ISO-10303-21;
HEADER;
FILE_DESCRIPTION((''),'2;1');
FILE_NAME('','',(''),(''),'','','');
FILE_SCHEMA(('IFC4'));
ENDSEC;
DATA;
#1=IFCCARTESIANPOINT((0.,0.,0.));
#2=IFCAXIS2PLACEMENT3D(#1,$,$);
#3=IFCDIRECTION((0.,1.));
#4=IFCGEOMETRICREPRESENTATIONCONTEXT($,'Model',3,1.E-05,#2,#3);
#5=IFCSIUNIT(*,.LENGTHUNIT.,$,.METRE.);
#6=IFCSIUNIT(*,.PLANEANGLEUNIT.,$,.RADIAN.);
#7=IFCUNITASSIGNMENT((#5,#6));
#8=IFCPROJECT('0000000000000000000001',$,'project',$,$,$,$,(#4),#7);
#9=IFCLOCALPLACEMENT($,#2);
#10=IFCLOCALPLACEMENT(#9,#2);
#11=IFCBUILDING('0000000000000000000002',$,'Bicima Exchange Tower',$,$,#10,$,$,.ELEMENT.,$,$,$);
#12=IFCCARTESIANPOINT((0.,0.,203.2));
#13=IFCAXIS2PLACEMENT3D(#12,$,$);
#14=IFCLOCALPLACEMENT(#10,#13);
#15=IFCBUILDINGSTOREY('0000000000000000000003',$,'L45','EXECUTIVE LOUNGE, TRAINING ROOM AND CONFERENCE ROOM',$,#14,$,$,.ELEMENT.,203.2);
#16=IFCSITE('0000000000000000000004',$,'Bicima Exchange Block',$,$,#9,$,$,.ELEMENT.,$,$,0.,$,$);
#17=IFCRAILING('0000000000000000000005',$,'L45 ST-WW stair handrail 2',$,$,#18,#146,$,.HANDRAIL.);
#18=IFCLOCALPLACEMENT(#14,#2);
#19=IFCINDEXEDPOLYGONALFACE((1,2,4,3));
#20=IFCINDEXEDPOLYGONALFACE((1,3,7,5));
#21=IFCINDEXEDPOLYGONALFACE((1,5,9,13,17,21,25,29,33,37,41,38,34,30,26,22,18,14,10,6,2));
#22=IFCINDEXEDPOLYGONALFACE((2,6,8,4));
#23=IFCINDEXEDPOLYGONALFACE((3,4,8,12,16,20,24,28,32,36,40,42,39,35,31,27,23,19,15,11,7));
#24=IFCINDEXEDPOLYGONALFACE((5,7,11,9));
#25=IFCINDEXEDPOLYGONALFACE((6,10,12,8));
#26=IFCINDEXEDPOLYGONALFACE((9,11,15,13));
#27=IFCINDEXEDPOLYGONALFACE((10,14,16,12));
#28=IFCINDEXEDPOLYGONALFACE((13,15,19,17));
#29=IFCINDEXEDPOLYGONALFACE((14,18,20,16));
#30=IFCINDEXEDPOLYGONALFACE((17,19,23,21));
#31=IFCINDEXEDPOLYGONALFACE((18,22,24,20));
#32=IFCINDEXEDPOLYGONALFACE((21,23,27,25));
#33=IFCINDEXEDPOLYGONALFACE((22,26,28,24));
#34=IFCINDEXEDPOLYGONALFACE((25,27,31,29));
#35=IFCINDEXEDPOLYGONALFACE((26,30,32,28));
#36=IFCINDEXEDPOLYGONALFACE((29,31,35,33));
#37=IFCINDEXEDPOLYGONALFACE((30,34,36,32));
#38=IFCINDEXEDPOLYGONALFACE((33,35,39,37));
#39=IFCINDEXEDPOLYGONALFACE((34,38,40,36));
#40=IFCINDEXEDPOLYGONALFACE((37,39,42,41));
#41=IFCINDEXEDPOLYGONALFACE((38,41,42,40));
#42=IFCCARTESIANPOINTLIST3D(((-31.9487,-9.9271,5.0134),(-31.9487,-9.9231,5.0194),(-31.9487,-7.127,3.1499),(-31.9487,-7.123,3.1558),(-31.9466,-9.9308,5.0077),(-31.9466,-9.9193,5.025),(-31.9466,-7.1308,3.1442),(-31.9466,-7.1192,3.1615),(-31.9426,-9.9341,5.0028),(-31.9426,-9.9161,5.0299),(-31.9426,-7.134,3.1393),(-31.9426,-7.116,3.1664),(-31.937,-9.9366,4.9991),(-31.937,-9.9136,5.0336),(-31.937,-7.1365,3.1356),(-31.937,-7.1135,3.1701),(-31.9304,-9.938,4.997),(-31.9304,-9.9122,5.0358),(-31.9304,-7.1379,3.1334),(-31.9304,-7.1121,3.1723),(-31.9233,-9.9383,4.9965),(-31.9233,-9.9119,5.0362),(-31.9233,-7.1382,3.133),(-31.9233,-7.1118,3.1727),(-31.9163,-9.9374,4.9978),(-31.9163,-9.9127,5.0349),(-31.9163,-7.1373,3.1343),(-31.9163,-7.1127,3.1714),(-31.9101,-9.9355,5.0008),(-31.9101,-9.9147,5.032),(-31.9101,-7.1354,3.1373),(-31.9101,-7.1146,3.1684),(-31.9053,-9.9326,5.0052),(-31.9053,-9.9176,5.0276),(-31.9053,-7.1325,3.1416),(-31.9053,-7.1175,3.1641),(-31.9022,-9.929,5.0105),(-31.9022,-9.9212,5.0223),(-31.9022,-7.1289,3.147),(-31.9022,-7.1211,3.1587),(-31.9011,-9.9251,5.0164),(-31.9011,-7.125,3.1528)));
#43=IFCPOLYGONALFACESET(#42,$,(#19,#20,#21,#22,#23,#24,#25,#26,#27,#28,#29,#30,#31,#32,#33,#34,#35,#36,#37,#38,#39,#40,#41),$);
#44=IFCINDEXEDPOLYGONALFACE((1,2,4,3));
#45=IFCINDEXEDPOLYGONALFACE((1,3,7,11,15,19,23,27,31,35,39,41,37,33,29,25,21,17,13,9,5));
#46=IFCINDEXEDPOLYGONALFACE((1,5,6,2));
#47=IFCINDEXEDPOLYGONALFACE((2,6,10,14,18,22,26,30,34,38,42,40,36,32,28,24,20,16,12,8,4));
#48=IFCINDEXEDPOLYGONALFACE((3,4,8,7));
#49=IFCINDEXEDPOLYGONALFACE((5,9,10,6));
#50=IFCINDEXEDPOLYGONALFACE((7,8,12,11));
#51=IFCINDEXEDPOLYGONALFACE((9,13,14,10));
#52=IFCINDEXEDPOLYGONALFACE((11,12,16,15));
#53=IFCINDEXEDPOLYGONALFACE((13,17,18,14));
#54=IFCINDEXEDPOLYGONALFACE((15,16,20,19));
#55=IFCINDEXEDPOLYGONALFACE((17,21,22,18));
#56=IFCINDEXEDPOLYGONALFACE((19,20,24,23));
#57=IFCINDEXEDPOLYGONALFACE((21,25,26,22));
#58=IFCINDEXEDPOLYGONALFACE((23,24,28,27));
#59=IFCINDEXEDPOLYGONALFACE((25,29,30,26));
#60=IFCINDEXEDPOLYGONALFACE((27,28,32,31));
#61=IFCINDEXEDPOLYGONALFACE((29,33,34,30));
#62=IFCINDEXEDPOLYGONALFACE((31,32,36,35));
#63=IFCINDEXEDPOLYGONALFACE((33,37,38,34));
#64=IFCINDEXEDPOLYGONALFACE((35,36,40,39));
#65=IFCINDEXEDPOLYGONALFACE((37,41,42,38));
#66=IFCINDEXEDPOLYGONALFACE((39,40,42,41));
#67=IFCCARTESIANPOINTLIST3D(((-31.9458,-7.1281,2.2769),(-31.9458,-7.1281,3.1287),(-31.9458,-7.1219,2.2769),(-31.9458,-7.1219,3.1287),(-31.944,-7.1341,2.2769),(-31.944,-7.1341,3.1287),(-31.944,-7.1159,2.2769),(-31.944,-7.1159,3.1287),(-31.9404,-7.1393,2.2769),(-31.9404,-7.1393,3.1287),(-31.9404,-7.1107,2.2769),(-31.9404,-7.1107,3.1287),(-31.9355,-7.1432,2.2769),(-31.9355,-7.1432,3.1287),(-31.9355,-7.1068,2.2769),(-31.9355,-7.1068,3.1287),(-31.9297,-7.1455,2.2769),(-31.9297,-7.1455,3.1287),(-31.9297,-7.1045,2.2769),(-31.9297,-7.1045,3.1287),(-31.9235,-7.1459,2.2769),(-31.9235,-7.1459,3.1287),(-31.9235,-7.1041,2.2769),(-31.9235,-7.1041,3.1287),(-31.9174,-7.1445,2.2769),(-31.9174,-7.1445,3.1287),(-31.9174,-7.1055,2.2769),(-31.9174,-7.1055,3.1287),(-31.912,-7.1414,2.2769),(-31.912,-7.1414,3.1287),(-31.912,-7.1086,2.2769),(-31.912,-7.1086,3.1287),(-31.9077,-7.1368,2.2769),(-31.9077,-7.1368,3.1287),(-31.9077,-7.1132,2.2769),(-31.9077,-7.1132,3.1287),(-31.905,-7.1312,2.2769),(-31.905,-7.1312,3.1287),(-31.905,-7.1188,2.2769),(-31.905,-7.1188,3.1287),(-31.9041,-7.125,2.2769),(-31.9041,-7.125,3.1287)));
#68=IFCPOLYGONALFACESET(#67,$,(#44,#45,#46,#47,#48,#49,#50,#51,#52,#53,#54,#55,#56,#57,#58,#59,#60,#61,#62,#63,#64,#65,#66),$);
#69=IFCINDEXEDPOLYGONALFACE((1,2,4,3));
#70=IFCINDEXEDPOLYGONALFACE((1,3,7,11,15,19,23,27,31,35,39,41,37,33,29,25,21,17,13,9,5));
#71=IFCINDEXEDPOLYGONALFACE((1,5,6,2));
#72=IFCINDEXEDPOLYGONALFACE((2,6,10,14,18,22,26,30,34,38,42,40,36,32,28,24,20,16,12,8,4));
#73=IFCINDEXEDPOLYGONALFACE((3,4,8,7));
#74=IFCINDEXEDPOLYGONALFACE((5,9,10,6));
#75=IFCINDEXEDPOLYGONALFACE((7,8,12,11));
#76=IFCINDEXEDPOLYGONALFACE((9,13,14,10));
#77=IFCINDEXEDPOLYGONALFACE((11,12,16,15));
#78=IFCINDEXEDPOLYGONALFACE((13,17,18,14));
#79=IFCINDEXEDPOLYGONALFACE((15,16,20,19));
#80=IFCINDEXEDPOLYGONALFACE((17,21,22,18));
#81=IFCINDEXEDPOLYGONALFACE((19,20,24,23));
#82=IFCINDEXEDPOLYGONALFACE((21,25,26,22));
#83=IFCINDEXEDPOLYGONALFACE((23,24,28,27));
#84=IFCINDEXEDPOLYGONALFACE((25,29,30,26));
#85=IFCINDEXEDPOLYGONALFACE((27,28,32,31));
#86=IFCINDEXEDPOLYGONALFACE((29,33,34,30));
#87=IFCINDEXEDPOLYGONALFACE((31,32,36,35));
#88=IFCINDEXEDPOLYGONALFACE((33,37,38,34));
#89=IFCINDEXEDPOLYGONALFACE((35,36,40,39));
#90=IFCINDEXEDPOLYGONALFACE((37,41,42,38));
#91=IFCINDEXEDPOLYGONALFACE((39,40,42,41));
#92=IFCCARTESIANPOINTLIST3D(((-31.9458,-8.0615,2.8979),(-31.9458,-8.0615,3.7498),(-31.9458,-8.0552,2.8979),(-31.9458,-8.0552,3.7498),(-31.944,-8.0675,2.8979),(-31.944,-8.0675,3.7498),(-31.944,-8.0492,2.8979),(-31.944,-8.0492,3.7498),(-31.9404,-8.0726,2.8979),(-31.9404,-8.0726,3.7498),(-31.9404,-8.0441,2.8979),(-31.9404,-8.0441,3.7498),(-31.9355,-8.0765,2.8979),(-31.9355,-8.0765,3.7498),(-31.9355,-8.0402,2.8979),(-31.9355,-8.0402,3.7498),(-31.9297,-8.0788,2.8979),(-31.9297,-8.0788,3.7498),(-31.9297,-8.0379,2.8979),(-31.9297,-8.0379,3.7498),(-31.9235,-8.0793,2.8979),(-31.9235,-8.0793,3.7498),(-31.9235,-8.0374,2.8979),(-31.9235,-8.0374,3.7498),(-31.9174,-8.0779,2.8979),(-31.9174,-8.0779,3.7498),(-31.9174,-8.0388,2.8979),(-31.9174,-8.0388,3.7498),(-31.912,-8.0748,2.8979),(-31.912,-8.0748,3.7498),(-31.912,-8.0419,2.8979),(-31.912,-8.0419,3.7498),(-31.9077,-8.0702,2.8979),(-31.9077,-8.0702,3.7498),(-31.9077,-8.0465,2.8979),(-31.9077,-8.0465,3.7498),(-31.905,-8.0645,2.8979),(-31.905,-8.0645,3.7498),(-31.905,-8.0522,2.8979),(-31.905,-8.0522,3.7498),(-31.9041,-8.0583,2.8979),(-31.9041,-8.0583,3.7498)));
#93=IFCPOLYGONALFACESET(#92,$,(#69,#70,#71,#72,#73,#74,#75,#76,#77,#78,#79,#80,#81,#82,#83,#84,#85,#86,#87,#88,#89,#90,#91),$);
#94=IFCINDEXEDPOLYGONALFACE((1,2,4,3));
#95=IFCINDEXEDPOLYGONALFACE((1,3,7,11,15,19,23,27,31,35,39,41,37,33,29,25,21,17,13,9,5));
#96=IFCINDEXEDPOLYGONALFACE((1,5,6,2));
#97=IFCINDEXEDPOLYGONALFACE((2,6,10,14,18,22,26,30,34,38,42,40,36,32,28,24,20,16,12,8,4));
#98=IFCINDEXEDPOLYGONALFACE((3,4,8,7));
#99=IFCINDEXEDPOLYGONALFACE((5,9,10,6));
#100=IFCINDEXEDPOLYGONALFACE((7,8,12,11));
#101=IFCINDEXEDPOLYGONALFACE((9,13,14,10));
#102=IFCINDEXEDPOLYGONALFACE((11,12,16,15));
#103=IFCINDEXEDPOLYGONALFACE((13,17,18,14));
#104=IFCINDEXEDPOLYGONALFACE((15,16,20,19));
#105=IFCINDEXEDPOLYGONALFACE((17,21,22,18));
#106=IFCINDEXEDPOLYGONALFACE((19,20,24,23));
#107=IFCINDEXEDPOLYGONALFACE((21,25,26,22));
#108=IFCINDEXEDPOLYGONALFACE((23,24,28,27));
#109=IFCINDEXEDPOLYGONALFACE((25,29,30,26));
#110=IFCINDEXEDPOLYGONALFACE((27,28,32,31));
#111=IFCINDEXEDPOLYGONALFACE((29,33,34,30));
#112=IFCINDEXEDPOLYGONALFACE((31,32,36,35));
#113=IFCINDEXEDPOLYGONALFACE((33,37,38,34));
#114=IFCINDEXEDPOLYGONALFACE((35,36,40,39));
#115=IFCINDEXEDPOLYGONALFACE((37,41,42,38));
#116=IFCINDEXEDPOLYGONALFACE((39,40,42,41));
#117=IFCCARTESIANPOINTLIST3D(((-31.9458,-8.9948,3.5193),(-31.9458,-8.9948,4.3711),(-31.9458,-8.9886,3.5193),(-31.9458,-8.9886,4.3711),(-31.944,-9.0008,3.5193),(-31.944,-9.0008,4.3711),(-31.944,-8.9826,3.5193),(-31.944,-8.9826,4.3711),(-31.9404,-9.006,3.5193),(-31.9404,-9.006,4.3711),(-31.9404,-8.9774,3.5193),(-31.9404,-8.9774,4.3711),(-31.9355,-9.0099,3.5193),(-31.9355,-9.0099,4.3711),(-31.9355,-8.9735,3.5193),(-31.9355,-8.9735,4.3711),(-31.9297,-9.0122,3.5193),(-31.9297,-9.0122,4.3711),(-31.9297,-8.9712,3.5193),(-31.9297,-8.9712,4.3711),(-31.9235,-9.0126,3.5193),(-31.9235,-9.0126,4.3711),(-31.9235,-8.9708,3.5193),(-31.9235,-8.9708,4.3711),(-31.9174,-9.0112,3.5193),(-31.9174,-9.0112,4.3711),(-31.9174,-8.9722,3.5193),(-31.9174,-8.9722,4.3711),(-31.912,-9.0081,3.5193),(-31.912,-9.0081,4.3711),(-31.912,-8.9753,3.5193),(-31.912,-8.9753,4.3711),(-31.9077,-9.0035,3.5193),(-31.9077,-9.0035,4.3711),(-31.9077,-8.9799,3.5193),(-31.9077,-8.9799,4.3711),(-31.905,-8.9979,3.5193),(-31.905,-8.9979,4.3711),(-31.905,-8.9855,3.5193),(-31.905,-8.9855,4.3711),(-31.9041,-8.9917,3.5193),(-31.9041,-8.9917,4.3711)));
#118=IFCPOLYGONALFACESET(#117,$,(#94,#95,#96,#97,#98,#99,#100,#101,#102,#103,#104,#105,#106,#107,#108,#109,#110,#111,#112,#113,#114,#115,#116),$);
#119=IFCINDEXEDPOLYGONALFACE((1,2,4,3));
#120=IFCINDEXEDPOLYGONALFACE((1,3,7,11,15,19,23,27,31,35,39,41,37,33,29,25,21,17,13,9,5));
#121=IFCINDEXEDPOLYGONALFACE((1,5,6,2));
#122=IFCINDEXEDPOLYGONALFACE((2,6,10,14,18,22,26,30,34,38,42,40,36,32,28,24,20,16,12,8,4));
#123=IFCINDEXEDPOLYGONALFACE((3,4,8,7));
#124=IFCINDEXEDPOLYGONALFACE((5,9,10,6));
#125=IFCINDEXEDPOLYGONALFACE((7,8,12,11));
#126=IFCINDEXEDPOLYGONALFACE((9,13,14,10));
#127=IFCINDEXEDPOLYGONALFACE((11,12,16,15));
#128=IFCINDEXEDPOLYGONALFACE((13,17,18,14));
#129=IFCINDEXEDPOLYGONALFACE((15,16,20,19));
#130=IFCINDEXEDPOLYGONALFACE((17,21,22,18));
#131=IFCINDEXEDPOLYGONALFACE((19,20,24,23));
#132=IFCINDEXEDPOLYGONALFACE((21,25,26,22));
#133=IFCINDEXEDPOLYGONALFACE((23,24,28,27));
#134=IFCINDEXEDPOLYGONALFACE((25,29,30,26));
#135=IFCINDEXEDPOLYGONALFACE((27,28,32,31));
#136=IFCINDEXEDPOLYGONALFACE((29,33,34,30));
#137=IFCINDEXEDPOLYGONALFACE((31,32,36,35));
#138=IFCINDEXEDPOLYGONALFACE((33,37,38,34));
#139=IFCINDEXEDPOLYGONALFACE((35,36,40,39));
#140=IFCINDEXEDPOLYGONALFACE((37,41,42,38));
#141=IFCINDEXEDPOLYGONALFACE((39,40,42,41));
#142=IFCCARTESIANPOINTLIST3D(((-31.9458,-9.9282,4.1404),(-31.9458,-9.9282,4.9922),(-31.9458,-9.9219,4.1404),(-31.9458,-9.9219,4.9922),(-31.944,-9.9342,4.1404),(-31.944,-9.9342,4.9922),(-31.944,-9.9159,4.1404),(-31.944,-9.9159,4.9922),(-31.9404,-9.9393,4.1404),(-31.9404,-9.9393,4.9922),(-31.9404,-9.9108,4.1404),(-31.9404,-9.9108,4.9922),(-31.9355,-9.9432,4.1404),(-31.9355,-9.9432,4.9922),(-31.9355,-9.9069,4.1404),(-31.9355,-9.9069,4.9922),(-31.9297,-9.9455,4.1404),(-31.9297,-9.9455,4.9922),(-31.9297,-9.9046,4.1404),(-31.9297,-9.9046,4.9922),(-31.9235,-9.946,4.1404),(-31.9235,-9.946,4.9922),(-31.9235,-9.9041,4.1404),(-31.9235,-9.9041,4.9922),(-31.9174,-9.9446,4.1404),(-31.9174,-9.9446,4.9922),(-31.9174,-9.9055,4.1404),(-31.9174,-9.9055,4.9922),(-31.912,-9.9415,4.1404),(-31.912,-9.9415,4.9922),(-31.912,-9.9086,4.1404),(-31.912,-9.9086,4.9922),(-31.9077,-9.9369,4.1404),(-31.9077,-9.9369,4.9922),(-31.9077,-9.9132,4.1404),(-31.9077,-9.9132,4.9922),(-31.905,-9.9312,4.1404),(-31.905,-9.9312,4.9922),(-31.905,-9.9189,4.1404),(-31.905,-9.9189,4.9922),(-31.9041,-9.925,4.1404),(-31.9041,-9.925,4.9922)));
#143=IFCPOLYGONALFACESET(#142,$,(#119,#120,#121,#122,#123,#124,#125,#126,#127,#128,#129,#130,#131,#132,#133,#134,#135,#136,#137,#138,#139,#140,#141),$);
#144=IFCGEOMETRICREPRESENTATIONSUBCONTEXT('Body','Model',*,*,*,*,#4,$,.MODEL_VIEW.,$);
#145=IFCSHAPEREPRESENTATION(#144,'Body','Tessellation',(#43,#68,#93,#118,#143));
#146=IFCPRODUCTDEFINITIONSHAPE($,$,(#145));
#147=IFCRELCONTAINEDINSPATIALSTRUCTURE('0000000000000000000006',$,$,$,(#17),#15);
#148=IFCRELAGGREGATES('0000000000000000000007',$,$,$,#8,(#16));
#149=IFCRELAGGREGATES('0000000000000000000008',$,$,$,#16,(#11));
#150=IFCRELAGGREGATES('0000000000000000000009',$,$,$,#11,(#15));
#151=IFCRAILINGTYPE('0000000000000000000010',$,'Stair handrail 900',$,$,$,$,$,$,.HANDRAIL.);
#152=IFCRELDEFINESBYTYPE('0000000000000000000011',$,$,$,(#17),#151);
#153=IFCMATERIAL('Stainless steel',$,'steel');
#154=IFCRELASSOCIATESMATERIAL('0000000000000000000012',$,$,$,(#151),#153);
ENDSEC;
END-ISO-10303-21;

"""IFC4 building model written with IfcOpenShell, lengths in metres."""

from ifc_helpers import new_model, si_unit, direction, frame, origin, origin_2d, place, context, subcontext, project, spatial, circle, extrude, material, type_object, element, save


model = new_model("IFC4")

# Units and contexts
model_context = context("Model", 3, precision=1e-05, world=origin(), true_north=direction((0.0, 1.0)))
body_context = subcontext(model_context, "Body", "Model", "MODEL_VIEW")
ifc_project = project(units=[si_unit("LENGTHUNIT", "METRE"), si_unit("PLANEANGLEUNIT", "RADIAN")], contexts=[model_context])

# Site, building, storey
site_placement = place(None, origin())
site = spatial("IfcSite", under=ifc_project, at=site_placement, Name="Bicima Exchange Block", CompositionType="ELEMENT", RefElevation=0.0)
building_placement = place(site_placement, origin())
building = spatial("IfcBuilding", under=site, at=building_placement, Name="Bicima Exchange Tower", CompositionType="ELEMENT")
storey_placement = place(building_placement, frame((0.0, 0.0, 203.2)))
storey = spatial("IfcBuildingStorey", under=building, at=storey_placement, Name="L45", Description="EXECUTIVE LOUNGE, TRAINING ROOM AND CONFERENCE ROOM", CompositionType="ELEMENT", Elevation=203.2)

# Railing
ifc_material_1 = material(Name="Stainless steel", Category="steel")
railing_type_1 = type_object("IfcRailingType", Name="Stair handrail 900", PredefinedType="HANDRAIL", material=ifc_material_1)
railing_1_placement = place(storey_placement, frame((-31.925, -7.125, 2.2769)))
element("IfcRailing", 1, at=railing_1_placement, inside=storey, type_object=railing_type_1, Name="L45 ST-WW stair handrail 2", PredefinedType="HANDRAIL", context=body_context, shape_type="SweptSolid", body=[
    extrude(circle(Radius=0.0239, at=origin_2d()), frame((0.0, 0.0, 0.876), z_axis=(0.0, -0.832486, 0.554047), x_axis=(1.0, 0.0, 0.0)), (0.0, 0.0, 1.0), 3.3635),
    extrude(circle(Radius=0.021, at=origin_2d()), origin(), (0.0, 0.0, 1.0), 0.8518),
    extrude(circle(Radius=0.021, at=origin_2d()), frame((0.0, -0.9333, 0.6211)), (0.0, 0.0, 1.0), 0.8518),
    extrude(circle(Radius=0.021, at=origin_2d()), frame((0.0, -1.8667, 1.2424)), (0.0, 0.0, 1.0), 0.8518),
    extrude(circle(Radius=0.021, at=origin_2d()), frame((0.0, -2.8, 1.8635)), (0.0, 0.0, 1.0), 0.8518),
])

save(model, "model.ifc")
